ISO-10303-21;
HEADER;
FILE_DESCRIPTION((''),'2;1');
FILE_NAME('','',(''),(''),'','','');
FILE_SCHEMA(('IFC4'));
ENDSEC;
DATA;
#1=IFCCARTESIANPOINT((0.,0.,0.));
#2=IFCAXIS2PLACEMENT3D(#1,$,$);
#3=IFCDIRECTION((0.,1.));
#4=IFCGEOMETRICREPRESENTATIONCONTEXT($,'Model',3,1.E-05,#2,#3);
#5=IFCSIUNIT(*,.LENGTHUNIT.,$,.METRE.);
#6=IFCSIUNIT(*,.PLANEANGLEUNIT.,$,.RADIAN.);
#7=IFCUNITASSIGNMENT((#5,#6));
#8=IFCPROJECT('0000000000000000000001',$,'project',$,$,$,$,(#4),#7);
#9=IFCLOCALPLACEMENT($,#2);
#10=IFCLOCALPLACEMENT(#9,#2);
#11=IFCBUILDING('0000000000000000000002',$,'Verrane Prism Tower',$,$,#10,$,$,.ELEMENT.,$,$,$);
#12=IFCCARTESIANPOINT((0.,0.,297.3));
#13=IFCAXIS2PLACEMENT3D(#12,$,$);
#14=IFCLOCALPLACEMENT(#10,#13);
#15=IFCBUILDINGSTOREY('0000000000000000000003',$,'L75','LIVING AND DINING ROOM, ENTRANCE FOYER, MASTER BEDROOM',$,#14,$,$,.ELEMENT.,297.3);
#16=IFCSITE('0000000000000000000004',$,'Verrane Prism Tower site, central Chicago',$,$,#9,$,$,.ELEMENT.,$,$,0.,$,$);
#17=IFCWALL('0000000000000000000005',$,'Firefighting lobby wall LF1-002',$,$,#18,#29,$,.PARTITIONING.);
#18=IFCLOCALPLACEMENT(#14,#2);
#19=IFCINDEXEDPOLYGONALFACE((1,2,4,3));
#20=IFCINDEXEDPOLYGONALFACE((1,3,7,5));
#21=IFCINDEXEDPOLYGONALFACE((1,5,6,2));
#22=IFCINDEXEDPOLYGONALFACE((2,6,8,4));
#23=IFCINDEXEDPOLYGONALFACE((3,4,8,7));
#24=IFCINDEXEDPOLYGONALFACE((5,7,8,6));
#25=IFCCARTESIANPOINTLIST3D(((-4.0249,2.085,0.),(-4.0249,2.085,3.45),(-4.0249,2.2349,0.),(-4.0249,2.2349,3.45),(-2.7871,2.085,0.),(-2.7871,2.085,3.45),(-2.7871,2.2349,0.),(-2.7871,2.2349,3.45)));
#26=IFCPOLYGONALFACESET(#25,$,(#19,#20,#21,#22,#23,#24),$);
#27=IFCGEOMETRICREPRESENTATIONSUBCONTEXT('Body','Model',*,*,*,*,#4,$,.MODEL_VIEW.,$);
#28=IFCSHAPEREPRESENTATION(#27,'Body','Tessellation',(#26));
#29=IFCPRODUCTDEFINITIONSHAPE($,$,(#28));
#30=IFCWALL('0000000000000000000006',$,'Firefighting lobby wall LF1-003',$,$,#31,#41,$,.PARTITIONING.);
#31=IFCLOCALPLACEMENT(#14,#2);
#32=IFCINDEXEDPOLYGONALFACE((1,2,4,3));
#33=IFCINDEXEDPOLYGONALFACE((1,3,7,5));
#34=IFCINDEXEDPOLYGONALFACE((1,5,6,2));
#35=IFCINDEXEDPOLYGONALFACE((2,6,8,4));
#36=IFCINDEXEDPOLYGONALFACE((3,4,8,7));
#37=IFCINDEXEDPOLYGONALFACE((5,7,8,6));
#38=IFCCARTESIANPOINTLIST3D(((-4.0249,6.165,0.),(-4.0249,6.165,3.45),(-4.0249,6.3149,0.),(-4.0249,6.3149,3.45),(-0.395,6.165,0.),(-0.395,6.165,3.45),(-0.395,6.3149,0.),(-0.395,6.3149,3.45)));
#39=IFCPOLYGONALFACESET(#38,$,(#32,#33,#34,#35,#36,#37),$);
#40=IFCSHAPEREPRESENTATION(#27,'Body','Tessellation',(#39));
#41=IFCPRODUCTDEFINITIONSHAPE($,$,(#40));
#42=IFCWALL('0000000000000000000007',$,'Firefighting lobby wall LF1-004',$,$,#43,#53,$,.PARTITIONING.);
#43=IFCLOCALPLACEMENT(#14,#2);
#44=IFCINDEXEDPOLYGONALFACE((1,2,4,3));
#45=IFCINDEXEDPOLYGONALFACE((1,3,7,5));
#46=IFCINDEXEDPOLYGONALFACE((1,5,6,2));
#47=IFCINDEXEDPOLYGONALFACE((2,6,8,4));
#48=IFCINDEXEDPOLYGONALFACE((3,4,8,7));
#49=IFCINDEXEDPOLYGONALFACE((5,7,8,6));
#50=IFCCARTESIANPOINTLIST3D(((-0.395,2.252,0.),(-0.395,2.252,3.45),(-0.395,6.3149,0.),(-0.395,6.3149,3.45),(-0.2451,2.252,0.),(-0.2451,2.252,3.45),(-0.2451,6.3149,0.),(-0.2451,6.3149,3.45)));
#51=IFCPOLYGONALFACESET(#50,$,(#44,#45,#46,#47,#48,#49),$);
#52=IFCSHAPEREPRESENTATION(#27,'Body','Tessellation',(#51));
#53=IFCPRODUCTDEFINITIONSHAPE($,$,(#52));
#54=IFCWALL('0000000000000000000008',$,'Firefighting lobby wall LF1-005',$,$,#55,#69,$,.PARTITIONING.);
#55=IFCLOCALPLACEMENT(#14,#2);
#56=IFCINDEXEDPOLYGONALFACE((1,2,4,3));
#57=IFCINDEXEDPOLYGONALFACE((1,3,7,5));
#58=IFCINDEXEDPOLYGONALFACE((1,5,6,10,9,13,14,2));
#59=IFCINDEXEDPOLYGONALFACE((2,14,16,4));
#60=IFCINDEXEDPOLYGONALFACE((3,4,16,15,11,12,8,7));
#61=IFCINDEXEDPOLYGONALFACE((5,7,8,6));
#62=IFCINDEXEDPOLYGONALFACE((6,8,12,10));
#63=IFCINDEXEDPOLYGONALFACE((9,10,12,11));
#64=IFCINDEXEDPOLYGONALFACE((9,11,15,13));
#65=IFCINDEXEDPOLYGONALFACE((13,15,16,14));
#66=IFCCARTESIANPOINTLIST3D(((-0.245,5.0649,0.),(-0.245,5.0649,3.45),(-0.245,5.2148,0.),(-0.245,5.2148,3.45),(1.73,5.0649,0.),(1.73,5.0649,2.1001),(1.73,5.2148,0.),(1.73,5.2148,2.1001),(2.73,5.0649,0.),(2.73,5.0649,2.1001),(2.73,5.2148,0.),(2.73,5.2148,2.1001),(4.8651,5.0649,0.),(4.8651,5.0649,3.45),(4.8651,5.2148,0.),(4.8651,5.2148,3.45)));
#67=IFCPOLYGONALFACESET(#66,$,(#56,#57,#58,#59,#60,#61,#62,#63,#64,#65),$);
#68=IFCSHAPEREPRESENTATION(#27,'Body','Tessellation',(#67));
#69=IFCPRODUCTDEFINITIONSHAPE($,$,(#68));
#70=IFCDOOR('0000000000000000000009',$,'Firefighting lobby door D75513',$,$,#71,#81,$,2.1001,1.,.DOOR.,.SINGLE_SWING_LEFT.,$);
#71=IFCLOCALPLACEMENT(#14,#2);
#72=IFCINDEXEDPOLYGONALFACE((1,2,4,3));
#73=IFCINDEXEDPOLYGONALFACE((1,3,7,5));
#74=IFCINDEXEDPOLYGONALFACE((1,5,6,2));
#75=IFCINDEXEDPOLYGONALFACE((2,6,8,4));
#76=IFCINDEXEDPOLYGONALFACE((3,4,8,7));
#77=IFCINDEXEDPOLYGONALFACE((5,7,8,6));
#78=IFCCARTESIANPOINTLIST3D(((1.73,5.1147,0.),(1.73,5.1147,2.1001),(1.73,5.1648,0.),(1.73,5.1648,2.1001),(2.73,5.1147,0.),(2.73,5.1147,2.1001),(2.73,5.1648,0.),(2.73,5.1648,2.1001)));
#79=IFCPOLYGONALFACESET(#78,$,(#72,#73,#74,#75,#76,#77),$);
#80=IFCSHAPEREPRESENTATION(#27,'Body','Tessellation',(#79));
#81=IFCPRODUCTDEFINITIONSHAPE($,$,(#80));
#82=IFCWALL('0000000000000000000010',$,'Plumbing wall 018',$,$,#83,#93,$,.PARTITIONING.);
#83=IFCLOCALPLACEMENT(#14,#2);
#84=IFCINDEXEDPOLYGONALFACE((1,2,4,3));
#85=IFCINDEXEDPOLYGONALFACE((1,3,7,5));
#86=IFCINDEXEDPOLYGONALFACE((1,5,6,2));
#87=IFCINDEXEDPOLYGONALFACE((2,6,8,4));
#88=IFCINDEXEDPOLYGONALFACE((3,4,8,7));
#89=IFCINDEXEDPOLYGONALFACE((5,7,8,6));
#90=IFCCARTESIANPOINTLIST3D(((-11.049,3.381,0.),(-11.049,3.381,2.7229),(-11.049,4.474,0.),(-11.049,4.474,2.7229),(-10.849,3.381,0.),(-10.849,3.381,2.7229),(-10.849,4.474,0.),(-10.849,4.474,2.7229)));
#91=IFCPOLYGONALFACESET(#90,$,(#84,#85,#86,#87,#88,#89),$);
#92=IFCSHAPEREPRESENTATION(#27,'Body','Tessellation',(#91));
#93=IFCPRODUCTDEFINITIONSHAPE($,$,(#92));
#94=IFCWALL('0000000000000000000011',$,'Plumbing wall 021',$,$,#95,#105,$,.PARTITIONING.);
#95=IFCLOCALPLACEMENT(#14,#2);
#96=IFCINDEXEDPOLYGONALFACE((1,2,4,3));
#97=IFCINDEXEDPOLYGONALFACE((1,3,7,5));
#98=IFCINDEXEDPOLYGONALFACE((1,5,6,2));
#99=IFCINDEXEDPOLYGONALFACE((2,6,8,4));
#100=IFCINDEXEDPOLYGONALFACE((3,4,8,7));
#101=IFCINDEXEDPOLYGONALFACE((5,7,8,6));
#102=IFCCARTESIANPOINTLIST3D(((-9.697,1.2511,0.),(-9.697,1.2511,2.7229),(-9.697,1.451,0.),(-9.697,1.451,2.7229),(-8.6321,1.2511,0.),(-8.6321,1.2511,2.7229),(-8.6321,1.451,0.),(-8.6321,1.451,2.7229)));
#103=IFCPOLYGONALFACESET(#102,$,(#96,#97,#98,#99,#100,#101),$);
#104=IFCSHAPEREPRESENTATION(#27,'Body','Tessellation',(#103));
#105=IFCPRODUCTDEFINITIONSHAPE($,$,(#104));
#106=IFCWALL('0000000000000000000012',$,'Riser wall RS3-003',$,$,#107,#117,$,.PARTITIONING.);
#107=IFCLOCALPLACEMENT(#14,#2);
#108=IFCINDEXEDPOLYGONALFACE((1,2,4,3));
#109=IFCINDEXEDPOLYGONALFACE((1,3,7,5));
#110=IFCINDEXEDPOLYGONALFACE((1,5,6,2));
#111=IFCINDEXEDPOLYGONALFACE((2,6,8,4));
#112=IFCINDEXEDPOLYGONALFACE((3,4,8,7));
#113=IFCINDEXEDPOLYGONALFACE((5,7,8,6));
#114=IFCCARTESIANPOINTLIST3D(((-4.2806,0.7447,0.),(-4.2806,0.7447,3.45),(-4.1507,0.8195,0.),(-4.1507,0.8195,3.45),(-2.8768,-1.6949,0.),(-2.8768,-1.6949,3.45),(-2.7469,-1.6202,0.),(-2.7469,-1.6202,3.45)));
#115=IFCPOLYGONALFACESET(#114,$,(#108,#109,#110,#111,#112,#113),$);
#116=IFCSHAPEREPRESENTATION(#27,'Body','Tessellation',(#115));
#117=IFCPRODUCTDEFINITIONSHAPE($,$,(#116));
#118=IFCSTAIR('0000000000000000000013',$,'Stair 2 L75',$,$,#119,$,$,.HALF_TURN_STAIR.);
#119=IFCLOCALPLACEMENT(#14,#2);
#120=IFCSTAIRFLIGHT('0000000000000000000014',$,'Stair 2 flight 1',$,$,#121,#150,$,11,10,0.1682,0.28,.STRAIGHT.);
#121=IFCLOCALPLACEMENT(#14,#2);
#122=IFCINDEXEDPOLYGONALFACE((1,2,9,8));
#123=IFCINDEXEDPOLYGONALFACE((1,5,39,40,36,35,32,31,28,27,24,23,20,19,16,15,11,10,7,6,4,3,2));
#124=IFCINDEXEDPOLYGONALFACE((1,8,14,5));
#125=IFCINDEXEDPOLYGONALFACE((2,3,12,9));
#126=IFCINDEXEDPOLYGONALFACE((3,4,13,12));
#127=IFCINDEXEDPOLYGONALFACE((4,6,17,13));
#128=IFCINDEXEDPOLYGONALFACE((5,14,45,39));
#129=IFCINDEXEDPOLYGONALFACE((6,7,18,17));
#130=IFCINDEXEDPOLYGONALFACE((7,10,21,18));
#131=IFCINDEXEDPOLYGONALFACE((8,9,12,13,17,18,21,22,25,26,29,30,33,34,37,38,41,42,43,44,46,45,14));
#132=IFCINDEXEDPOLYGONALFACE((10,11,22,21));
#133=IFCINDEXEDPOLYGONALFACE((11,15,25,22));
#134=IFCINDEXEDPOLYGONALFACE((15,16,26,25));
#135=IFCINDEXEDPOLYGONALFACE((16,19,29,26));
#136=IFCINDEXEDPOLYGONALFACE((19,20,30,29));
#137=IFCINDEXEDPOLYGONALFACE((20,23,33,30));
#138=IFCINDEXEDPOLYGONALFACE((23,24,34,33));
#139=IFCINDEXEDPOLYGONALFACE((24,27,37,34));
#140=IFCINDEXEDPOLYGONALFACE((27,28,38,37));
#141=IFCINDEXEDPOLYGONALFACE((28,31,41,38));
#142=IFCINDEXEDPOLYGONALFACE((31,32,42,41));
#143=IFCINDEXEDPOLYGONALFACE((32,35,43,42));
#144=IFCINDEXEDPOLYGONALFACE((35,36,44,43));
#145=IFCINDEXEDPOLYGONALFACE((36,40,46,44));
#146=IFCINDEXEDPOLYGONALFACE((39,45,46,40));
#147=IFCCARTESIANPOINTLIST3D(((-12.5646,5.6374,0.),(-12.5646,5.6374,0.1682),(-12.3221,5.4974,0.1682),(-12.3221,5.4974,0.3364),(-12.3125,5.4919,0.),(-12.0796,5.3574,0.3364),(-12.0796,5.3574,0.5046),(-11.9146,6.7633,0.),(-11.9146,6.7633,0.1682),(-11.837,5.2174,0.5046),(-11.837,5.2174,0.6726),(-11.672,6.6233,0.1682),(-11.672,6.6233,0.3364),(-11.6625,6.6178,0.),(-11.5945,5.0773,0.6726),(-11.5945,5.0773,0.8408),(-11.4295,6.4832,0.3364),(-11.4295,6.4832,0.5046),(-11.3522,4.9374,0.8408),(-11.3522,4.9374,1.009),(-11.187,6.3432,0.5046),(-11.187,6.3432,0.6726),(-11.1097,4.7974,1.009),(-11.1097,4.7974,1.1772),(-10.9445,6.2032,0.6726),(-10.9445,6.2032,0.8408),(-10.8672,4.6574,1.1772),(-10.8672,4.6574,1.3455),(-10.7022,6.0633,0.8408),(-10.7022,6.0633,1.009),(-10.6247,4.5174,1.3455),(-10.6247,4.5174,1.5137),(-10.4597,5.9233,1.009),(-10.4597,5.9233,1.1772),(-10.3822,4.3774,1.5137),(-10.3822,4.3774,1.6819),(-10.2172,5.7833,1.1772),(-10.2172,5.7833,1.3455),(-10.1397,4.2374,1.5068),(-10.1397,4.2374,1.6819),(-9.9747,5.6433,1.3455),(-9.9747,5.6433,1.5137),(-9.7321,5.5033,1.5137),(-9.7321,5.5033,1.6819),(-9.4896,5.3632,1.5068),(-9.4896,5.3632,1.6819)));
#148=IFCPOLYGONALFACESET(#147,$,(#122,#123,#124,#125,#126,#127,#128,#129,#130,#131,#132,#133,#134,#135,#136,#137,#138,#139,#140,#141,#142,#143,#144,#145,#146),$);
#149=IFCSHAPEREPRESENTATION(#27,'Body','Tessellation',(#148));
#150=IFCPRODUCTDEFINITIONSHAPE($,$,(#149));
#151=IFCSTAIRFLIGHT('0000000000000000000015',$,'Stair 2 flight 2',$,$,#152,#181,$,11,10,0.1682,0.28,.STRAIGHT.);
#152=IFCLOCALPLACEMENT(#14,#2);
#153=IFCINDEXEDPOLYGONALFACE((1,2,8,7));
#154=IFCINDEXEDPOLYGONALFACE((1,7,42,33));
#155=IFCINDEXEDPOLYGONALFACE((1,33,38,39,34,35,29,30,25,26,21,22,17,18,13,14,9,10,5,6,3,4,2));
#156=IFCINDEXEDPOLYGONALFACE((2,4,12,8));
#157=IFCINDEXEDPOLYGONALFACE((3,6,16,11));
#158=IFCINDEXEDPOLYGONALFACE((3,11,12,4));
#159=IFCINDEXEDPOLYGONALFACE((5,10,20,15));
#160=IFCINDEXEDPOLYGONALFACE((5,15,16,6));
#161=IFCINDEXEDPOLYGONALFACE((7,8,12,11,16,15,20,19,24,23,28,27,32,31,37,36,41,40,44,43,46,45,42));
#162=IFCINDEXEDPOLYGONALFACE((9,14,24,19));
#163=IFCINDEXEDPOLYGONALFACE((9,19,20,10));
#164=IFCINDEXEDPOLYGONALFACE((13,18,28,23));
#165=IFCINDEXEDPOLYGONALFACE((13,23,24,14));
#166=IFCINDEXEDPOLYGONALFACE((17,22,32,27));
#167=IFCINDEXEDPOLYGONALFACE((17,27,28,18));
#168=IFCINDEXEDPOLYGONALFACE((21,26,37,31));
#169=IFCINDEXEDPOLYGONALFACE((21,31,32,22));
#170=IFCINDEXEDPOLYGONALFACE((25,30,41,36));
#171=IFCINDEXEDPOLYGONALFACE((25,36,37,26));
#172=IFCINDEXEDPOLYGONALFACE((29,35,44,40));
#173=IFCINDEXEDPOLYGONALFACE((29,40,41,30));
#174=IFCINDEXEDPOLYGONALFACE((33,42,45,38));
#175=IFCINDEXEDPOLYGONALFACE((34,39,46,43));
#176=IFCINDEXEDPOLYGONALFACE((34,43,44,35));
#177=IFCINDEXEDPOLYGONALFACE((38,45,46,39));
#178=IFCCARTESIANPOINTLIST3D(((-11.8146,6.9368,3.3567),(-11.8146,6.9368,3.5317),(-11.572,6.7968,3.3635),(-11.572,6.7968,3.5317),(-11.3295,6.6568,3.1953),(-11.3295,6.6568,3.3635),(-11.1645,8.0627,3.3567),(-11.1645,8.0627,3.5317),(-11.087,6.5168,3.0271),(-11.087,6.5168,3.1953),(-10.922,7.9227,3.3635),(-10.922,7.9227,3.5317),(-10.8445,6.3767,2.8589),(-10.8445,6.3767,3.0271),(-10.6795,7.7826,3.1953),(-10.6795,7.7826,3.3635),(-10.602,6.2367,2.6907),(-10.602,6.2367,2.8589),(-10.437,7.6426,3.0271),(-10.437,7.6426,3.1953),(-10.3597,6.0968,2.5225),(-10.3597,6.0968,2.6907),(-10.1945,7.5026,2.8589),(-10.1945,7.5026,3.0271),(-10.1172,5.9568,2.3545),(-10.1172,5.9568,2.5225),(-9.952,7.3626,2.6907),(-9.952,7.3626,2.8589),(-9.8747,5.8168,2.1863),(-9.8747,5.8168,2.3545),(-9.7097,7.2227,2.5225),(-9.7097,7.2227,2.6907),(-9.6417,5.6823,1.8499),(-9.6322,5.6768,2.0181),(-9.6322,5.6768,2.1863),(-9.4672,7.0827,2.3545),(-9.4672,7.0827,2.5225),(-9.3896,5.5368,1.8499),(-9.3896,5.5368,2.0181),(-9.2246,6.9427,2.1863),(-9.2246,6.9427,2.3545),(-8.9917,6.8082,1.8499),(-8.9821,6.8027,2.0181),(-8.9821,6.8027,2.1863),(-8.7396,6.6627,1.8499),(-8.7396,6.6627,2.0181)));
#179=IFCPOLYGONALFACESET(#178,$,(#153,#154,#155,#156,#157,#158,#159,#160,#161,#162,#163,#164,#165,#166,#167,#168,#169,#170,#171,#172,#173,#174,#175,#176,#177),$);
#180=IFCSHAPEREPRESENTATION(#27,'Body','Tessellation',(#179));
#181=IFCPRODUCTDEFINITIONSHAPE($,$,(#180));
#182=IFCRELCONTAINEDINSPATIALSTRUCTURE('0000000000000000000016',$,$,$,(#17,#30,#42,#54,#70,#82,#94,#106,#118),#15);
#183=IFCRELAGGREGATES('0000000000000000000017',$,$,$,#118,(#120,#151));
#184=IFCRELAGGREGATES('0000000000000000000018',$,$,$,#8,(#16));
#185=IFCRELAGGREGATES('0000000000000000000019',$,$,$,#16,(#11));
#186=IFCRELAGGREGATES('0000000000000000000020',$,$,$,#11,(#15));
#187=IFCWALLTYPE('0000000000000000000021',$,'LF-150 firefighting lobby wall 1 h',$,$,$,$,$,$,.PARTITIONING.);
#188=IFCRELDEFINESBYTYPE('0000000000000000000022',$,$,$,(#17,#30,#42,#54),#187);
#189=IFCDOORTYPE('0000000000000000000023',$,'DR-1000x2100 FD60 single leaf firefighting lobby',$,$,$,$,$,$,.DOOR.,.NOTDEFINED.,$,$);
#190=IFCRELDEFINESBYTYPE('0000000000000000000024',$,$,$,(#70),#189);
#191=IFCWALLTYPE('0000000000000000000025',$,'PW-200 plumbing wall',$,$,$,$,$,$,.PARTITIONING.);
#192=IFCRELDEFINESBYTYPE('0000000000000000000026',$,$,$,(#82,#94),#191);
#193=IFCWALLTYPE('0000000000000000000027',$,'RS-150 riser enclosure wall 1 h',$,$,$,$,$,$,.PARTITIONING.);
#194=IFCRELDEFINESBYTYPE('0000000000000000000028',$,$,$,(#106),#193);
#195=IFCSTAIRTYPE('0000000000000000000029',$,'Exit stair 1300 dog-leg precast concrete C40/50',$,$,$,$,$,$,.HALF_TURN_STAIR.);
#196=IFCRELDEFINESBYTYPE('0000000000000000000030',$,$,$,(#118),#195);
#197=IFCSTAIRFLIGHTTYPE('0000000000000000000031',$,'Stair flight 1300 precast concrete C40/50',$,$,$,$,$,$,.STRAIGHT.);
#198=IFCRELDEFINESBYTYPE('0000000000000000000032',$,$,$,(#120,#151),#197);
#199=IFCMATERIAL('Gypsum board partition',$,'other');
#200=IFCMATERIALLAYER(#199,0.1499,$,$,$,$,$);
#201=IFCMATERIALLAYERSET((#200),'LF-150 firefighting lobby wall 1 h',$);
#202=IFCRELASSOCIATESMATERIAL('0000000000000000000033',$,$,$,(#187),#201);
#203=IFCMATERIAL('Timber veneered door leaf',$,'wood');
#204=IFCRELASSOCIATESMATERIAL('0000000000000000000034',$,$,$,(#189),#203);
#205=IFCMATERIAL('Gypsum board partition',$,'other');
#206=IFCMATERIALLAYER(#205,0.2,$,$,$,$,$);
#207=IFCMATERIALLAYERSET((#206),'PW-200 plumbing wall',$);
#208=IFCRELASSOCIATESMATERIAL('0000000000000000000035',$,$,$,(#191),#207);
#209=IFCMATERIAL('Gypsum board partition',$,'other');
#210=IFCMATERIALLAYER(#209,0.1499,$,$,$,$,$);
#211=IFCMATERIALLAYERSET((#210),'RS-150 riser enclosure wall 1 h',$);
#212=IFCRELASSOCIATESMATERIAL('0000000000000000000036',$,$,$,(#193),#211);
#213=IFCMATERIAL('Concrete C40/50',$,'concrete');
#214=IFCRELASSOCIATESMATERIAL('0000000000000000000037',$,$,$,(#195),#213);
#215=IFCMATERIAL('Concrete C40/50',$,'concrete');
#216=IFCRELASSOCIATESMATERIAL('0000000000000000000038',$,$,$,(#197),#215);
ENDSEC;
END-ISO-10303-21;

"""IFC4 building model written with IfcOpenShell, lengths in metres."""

from ifc_helpers import new_model, si_unit, direction, frame, frame_2d, origin, place, context, subcontext, project, spatial, polyline, rectangle, outline, extrude, material, layer, layer_set, type_object, element, fill, aggregate, save


model = new_model("IFC4")

# Units and contexts
model_context = context("Model", 3, precision=1e-05, world=origin(), true_north=direction((0.0, 1.0)))
body_context = subcontext(model_context, "Body", "Model", "MODEL_VIEW")
ifc_project = project(units=[si_unit("LENGTHUNIT", "METRE"), si_unit("PLANEANGLEUNIT", "RADIAN")], contexts=[model_context])

# Site, building, storey
site_placement = place(None, origin())
site = spatial("IfcSite", under=ifc_project, at=site_placement, Name="Verrane Prism Tower site, central Chicago", CompositionType="ELEMENT", RefElevation=0.0)
building_placement = place(site_placement, origin())
building = spatial("IfcBuilding", under=site, at=building_placement, Name="Verrane Prism Tower", CompositionType="ELEMENT")
storey_placement = place(building_placement, frame((0.0, 0.0, 297.3)))
storey = spatial("IfcBuildingStorey", under=building, at=storey_placement, Name="L75", Description="LIVING AND DINING ROOM, ENTRANCE FOYER, MASTER BEDROOM", CompositionType="ELEMENT", Elevation=297.3)

# Shared definitions
ifc_material_1 = material(Name="Gypsum board partition", Category="other")
ifc_layer_1 = layer(ifc_material_1, 0.1499)
ifc_layer_set_1 = layer_set([ifc_layer_1], Name="LF-150 firefighting lobby wall 1 h")
wall_type_1 = type_object("IfcWallType", Name="LF-150 firefighting lobby wall 1 h", PredefinedType="PARTITIONING", material=ifc_layer_set_1)
ifc_material_2 = material(Name="Timber veneered door leaf", Category="wood")
door_type_1 = type_object("IfcDoorType", Name="DR-1000x2100 FD60 single leaf firefighting lobby", OperationType="NOTDEFINED", PredefinedType="DOOR", material=ifc_material_2)

# Walls
wall_1_placement = place(storey_placement, frame((-4.0249, 2.1599, 0.0), z_axis=(0.0, 0.0, 1.0), x_axis=(1.0, 0.0, 0.0)))
element("IfcWall", 1, at=wall_1_placement, inside=storey, type_object=wall_type_1, Name="Firefighting lobby wall LF1-002", PredefinedType="PARTITIONING", context=body_context, shape_type="SweptSolid", body=[
    extrude(rectangle(XDim=1.2378, YDim=0.1499, at=frame_2d((0.6189, 0.0))), origin(), (0.0, 0.0, 1.0), 3.45),
])
wall_2_placement = place(storey_placement, frame((-4.0249, 6.24, 0.0), z_axis=(0.0, 0.0, 1.0), x_axis=(1.0, 0.0, 0.0)))
element("IfcWall", 2, at=wall_2_placement, inside=storey, type_object=wall_type_1, Name="Firefighting lobby wall LF1-003", PredefinedType="PARTITIONING", context=body_context, shape_type="SweptSolid", body=[
    extrude(rectangle(XDim=3.6299, YDim=0.1499, at=frame_2d((1.8149, 0.0))), origin(), (0.0, 0.0, 1.0), 3.45),
])
wall_3_placement = place(storey_placement, frame((-0.3201, 2.252, 0.0), z_axis=(0.0, 0.0, 1.0), x_axis=(0.0, 1.0, 0.0)))
element("IfcWall", 3, at=wall_3_placement, inside=storey, type_object=wall_type_1, Name="Firefighting lobby wall LF1-004", PredefinedType="PARTITIONING", context=body_context, shape_type="SweptSolid", body=[
    extrude(rectangle(XDim=4.063, YDim=0.1499, at=frame_2d((2.0315, 0.0))), origin(), (0.0, 0.0, 1.0), 3.45),
])

# Wall, opening, door
wall_4_placement = place(storey_placement, frame((-0.2451, 5.1399, 0.0), z_axis=(0.0, 0.0, 1.0), x_axis=(1.0, 0.0, 0.0)))
wall_4 = element("IfcWall", 4, at=wall_4_placement, inside=storey, type_object=wall_type_1, Name="Firefighting lobby wall LF1-005", PredefinedType="PARTITIONING", context=body_context, shape_type="SweptSolid", body=[
    extrude(rectangle(XDim=5.1101, YDim=0.1499, at=frame_2d((2.5552, 0.0))), origin(), (0.0, 0.0, 1.0), 3.45),
])
opening_1_placement = place(wall_4_placement, frame((1.9751, 0.0, 0.0)))
opening_1 = element("IfcOpeningElement", 5, at=opening_1_placement, cuts=wall_4, PredefinedType="OPENING", context=body_context, shape_type="SweptSolid", body=[
    extrude(rectangle(XDim=1.0, YDim=2.1001, at=frame_2d((0.5, 1.05))), frame((0.0, 0.085, 0.0), z_axis=(0.0, -1.0, 0.0), x_axis=(1.0, 0.0, 0.0)), (0.0, 0.0, 1.0), 0.1699),
])
door_1_placement = place(opening_1_placement, origin())
door_1 = element("IfcDoor", 6, at=door_1_placement, inside=storey, type_object=door_type_1, Name="Firefighting lobby door D75513", OperationType="SINGLE_SWING_LEFT", OverallHeight=2.1001, OverallWidth=1.0, PredefinedType="DOOR", context=body_context, shape_type="SweptSolid", body=[
    extrude(rectangle(XDim=1.0, YDim=2.1001, at=frame_2d((0.5, 1.05))), frame((0.0, 0.0249, 0.0), z_axis=(0.0, -1.0, 0.0), x_axis=(1.0, 0.0, 0.0)), (0.0, 0.0, 1.0), 0.05),
])
fill(opening_1, door_1)

# Walls
ifc_material_3 = material(Name="Gypsum board partition", Category="other")
ifc_layer_2 = layer(ifc_material_3, 0.2)
ifc_layer_set_2 = layer_set([ifc_layer_2], Name="PW-200 plumbing wall")
wall_type_2 = type_object("IfcWallType", Name="PW-200 plumbing wall", PredefinedType="PARTITIONING", material=ifc_layer_set_2)
wall_5_placement = place(storey_placement, frame((-10.949, 3.3811, 0.0), z_axis=(0.0, 0.0, 1.0), x_axis=(0.0, 1.0, 0.0)))
element("IfcWall", 7, at=wall_5_placement, inside=storey, type_object=wall_type_2, Name="Plumbing wall 018", PredefinedType="PARTITIONING", context=body_context, shape_type="SweptSolid", body=[
    extrude(rectangle(XDim=1.093, YDim=0.2, at=frame_2d((0.5464, 0.0))), origin(), (0.0, 0.0, 1.0), 2.7229),
])
wall_6_placement = place(storey_placement, frame((-9.697, 1.3511, 0.0), z_axis=(0.0, 0.0, 1.0), x_axis=(1.0, 0.0, 0.0)))
element("IfcWall", 8, at=wall_6_placement, inside=storey, type_object=wall_type_2, Name="Plumbing wall 021", PredefinedType="PARTITIONING", context=body_context, shape_type="SweptSolid", body=[
    extrude(rectangle(XDim=1.0649, YDim=0.2, at=frame_2d((0.5325, 0.0))), origin(), (0.0, 0.0, 1.0), 2.7229),
])
ifc_material_4 = material(Name="Gypsum board partition", Category="other")
ifc_layer_3 = layer(ifc_material_4, 0.1499)
ifc_layer_set_3 = layer_set([ifc_layer_3], Name="RS-150 riser enclosure wall 1 h")
wall_type_3 = type_object("IfcWallType", Name="RS-150 riser enclosure wall 1 h", PredefinedType="PARTITIONING", material=ifc_layer_set_3)
wall_7_placement = place(storey_placement, frame((-4.2156, 0.782, 0.0), z_axis=(0.0, 0.0, 1.0), x_axis=(0.498733, -0.866755, 0.0)))
element("IfcWall", 9, at=wall_7_placement, inside=storey, type_object=wall_type_3, Name="Riser wall RS3-003", PredefinedType="PARTITIONING", context=body_context, shape_type="SweptSolid", body=[
    extrude(rectangle(XDim=2.8147, YDim=0.1499, at=frame_2d((1.4072, 0.0))), origin(), (0.0, 0.0, 1.0), 3.45),
])

# Stair, stair flights
ifc_material_5 = material(Name="Concrete C40/50", Category="concrete")
stair_type = type_object("IfcStairType", Name="Exit stair 1300 dog-leg precast concrete C40/50", PredefinedType="HALF_TURN_STAIR", material=ifc_material_5)
stair_placement = place(storey_placement, origin())
stair = element("IfcStair", 10, at=stair_placement, inside=storey, type_object=stair_type, Name="Stair 2 L75", PredefinedType="HALF_TURN_STAIR")
ifc_material_6 = material(Name="Concrete C40/50", Category="concrete")
stair_flight_type = type_object("IfcStairFlightType", Name="Stair flight 1300 precast concrete C40/50", PredefinedType="STRAIGHT", material=ifc_material_6)
stair_flight_1_placement = place(storey_placement, frame((-12.2395, 6.2004, 0.0), z_axis=(0.0, 0.0, 1.0), x_axis=(0.866025, -0.5, 0.0)))
stair_flight_1 = element("IfcStairFlight", 11, at=stair_flight_1_placement, type_object=stair_flight_type, Name="Stair 2 flight 1", NumberOfRisers=11, NumberOfTreads=10, PredefinedType="STRAIGHT", RiserHeight=0.1682, TreadLength=0.28, context=body_context, shape_type="SweptSolid", body=[
    extrude(outline(polyline([(0.0, 0.0), (0.0, 0.1682), (0.28, 0.1682), (0.28, 0.3364), (0.5601, 0.3364), (0.5601, 0.5046), (0.8401, 0.5046), (0.8401, 0.6726), (1.1201, 0.6726), (1.1201, 0.8408), (1.3999, 0.8408), (1.3999, 1.009), (1.6799, 1.009), (1.6799, 1.1772), (1.96, 1.1772), (1.96, 1.3455), (2.24, 1.3455), (2.24, 1.5137), (2.52, 1.5137), (2.52, 1.6819), (2.8, 1.6819), (2.8, 1.8501), (2.8, 1.5068), (0.291, 0.0), (0.0, 0.0)])), frame((0.0, 0.6499, 0.0), z_axis=(0.0, -1.0, 0.0), x_axis=(1.0, 0.0, 0.0)), (0.0, 0.0, 1.0), 1.3),
])
stair_flight_2_placement = place(storey_placement, frame((-9.0647, 6.0996, 1.8499), z_axis=(0.0, 0.0, 1.0), x_axis=(-0.866025, 0.5, 0.0)))
stair_flight_2 = element("IfcStairFlight", 12, at=stair_flight_2_placement, type_object=stair_flight_type, Name="Stair 2 flight 2", NumberOfRisers=11, NumberOfTreads=10, PredefinedType="STRAIGHT", RiserHeight=0.1682, TreadLength=0.28, context=body_context, shape_type="SweptSolid", body=[
    extrude(outline(polyline([(0.0, 0.0), (0.0, 0.1682), (0.28, 0.1682), (0.28, 0.3364), (0.5601, 0.3364), (0.5601, 0.5046), (0.8401, 0.5046), (0.8401, 0.6726), (1.1201, 0.6726), (1.1201, 0.8408), (1.3999, 0.8408), (1.3999, 1.009), (1.6799, 1.009), (1.6799, 1.1772), (1.96, 1.1772), (1.96, 1.3455), (2.24, 1.3455), (2.24, 1.5137), (2.52, 1.5137), (2.52, 1.6819), (2.8, 1.6819), (2.8, 1.8501), (2.8, 1.5068), (0.291, 0.0), (0.0, 0.0)])), frame((0.0, 0.6499, 0.0), z_axis=(0.0, -1.0, 0.0), x_axis=(1.0, 0.0, 0.0)), (0.0, 0.0, 1.0), 1.3),
])
aggregate(stair, [stair_flight_1, stair_flight_2])

save(model, "model.ifc")
